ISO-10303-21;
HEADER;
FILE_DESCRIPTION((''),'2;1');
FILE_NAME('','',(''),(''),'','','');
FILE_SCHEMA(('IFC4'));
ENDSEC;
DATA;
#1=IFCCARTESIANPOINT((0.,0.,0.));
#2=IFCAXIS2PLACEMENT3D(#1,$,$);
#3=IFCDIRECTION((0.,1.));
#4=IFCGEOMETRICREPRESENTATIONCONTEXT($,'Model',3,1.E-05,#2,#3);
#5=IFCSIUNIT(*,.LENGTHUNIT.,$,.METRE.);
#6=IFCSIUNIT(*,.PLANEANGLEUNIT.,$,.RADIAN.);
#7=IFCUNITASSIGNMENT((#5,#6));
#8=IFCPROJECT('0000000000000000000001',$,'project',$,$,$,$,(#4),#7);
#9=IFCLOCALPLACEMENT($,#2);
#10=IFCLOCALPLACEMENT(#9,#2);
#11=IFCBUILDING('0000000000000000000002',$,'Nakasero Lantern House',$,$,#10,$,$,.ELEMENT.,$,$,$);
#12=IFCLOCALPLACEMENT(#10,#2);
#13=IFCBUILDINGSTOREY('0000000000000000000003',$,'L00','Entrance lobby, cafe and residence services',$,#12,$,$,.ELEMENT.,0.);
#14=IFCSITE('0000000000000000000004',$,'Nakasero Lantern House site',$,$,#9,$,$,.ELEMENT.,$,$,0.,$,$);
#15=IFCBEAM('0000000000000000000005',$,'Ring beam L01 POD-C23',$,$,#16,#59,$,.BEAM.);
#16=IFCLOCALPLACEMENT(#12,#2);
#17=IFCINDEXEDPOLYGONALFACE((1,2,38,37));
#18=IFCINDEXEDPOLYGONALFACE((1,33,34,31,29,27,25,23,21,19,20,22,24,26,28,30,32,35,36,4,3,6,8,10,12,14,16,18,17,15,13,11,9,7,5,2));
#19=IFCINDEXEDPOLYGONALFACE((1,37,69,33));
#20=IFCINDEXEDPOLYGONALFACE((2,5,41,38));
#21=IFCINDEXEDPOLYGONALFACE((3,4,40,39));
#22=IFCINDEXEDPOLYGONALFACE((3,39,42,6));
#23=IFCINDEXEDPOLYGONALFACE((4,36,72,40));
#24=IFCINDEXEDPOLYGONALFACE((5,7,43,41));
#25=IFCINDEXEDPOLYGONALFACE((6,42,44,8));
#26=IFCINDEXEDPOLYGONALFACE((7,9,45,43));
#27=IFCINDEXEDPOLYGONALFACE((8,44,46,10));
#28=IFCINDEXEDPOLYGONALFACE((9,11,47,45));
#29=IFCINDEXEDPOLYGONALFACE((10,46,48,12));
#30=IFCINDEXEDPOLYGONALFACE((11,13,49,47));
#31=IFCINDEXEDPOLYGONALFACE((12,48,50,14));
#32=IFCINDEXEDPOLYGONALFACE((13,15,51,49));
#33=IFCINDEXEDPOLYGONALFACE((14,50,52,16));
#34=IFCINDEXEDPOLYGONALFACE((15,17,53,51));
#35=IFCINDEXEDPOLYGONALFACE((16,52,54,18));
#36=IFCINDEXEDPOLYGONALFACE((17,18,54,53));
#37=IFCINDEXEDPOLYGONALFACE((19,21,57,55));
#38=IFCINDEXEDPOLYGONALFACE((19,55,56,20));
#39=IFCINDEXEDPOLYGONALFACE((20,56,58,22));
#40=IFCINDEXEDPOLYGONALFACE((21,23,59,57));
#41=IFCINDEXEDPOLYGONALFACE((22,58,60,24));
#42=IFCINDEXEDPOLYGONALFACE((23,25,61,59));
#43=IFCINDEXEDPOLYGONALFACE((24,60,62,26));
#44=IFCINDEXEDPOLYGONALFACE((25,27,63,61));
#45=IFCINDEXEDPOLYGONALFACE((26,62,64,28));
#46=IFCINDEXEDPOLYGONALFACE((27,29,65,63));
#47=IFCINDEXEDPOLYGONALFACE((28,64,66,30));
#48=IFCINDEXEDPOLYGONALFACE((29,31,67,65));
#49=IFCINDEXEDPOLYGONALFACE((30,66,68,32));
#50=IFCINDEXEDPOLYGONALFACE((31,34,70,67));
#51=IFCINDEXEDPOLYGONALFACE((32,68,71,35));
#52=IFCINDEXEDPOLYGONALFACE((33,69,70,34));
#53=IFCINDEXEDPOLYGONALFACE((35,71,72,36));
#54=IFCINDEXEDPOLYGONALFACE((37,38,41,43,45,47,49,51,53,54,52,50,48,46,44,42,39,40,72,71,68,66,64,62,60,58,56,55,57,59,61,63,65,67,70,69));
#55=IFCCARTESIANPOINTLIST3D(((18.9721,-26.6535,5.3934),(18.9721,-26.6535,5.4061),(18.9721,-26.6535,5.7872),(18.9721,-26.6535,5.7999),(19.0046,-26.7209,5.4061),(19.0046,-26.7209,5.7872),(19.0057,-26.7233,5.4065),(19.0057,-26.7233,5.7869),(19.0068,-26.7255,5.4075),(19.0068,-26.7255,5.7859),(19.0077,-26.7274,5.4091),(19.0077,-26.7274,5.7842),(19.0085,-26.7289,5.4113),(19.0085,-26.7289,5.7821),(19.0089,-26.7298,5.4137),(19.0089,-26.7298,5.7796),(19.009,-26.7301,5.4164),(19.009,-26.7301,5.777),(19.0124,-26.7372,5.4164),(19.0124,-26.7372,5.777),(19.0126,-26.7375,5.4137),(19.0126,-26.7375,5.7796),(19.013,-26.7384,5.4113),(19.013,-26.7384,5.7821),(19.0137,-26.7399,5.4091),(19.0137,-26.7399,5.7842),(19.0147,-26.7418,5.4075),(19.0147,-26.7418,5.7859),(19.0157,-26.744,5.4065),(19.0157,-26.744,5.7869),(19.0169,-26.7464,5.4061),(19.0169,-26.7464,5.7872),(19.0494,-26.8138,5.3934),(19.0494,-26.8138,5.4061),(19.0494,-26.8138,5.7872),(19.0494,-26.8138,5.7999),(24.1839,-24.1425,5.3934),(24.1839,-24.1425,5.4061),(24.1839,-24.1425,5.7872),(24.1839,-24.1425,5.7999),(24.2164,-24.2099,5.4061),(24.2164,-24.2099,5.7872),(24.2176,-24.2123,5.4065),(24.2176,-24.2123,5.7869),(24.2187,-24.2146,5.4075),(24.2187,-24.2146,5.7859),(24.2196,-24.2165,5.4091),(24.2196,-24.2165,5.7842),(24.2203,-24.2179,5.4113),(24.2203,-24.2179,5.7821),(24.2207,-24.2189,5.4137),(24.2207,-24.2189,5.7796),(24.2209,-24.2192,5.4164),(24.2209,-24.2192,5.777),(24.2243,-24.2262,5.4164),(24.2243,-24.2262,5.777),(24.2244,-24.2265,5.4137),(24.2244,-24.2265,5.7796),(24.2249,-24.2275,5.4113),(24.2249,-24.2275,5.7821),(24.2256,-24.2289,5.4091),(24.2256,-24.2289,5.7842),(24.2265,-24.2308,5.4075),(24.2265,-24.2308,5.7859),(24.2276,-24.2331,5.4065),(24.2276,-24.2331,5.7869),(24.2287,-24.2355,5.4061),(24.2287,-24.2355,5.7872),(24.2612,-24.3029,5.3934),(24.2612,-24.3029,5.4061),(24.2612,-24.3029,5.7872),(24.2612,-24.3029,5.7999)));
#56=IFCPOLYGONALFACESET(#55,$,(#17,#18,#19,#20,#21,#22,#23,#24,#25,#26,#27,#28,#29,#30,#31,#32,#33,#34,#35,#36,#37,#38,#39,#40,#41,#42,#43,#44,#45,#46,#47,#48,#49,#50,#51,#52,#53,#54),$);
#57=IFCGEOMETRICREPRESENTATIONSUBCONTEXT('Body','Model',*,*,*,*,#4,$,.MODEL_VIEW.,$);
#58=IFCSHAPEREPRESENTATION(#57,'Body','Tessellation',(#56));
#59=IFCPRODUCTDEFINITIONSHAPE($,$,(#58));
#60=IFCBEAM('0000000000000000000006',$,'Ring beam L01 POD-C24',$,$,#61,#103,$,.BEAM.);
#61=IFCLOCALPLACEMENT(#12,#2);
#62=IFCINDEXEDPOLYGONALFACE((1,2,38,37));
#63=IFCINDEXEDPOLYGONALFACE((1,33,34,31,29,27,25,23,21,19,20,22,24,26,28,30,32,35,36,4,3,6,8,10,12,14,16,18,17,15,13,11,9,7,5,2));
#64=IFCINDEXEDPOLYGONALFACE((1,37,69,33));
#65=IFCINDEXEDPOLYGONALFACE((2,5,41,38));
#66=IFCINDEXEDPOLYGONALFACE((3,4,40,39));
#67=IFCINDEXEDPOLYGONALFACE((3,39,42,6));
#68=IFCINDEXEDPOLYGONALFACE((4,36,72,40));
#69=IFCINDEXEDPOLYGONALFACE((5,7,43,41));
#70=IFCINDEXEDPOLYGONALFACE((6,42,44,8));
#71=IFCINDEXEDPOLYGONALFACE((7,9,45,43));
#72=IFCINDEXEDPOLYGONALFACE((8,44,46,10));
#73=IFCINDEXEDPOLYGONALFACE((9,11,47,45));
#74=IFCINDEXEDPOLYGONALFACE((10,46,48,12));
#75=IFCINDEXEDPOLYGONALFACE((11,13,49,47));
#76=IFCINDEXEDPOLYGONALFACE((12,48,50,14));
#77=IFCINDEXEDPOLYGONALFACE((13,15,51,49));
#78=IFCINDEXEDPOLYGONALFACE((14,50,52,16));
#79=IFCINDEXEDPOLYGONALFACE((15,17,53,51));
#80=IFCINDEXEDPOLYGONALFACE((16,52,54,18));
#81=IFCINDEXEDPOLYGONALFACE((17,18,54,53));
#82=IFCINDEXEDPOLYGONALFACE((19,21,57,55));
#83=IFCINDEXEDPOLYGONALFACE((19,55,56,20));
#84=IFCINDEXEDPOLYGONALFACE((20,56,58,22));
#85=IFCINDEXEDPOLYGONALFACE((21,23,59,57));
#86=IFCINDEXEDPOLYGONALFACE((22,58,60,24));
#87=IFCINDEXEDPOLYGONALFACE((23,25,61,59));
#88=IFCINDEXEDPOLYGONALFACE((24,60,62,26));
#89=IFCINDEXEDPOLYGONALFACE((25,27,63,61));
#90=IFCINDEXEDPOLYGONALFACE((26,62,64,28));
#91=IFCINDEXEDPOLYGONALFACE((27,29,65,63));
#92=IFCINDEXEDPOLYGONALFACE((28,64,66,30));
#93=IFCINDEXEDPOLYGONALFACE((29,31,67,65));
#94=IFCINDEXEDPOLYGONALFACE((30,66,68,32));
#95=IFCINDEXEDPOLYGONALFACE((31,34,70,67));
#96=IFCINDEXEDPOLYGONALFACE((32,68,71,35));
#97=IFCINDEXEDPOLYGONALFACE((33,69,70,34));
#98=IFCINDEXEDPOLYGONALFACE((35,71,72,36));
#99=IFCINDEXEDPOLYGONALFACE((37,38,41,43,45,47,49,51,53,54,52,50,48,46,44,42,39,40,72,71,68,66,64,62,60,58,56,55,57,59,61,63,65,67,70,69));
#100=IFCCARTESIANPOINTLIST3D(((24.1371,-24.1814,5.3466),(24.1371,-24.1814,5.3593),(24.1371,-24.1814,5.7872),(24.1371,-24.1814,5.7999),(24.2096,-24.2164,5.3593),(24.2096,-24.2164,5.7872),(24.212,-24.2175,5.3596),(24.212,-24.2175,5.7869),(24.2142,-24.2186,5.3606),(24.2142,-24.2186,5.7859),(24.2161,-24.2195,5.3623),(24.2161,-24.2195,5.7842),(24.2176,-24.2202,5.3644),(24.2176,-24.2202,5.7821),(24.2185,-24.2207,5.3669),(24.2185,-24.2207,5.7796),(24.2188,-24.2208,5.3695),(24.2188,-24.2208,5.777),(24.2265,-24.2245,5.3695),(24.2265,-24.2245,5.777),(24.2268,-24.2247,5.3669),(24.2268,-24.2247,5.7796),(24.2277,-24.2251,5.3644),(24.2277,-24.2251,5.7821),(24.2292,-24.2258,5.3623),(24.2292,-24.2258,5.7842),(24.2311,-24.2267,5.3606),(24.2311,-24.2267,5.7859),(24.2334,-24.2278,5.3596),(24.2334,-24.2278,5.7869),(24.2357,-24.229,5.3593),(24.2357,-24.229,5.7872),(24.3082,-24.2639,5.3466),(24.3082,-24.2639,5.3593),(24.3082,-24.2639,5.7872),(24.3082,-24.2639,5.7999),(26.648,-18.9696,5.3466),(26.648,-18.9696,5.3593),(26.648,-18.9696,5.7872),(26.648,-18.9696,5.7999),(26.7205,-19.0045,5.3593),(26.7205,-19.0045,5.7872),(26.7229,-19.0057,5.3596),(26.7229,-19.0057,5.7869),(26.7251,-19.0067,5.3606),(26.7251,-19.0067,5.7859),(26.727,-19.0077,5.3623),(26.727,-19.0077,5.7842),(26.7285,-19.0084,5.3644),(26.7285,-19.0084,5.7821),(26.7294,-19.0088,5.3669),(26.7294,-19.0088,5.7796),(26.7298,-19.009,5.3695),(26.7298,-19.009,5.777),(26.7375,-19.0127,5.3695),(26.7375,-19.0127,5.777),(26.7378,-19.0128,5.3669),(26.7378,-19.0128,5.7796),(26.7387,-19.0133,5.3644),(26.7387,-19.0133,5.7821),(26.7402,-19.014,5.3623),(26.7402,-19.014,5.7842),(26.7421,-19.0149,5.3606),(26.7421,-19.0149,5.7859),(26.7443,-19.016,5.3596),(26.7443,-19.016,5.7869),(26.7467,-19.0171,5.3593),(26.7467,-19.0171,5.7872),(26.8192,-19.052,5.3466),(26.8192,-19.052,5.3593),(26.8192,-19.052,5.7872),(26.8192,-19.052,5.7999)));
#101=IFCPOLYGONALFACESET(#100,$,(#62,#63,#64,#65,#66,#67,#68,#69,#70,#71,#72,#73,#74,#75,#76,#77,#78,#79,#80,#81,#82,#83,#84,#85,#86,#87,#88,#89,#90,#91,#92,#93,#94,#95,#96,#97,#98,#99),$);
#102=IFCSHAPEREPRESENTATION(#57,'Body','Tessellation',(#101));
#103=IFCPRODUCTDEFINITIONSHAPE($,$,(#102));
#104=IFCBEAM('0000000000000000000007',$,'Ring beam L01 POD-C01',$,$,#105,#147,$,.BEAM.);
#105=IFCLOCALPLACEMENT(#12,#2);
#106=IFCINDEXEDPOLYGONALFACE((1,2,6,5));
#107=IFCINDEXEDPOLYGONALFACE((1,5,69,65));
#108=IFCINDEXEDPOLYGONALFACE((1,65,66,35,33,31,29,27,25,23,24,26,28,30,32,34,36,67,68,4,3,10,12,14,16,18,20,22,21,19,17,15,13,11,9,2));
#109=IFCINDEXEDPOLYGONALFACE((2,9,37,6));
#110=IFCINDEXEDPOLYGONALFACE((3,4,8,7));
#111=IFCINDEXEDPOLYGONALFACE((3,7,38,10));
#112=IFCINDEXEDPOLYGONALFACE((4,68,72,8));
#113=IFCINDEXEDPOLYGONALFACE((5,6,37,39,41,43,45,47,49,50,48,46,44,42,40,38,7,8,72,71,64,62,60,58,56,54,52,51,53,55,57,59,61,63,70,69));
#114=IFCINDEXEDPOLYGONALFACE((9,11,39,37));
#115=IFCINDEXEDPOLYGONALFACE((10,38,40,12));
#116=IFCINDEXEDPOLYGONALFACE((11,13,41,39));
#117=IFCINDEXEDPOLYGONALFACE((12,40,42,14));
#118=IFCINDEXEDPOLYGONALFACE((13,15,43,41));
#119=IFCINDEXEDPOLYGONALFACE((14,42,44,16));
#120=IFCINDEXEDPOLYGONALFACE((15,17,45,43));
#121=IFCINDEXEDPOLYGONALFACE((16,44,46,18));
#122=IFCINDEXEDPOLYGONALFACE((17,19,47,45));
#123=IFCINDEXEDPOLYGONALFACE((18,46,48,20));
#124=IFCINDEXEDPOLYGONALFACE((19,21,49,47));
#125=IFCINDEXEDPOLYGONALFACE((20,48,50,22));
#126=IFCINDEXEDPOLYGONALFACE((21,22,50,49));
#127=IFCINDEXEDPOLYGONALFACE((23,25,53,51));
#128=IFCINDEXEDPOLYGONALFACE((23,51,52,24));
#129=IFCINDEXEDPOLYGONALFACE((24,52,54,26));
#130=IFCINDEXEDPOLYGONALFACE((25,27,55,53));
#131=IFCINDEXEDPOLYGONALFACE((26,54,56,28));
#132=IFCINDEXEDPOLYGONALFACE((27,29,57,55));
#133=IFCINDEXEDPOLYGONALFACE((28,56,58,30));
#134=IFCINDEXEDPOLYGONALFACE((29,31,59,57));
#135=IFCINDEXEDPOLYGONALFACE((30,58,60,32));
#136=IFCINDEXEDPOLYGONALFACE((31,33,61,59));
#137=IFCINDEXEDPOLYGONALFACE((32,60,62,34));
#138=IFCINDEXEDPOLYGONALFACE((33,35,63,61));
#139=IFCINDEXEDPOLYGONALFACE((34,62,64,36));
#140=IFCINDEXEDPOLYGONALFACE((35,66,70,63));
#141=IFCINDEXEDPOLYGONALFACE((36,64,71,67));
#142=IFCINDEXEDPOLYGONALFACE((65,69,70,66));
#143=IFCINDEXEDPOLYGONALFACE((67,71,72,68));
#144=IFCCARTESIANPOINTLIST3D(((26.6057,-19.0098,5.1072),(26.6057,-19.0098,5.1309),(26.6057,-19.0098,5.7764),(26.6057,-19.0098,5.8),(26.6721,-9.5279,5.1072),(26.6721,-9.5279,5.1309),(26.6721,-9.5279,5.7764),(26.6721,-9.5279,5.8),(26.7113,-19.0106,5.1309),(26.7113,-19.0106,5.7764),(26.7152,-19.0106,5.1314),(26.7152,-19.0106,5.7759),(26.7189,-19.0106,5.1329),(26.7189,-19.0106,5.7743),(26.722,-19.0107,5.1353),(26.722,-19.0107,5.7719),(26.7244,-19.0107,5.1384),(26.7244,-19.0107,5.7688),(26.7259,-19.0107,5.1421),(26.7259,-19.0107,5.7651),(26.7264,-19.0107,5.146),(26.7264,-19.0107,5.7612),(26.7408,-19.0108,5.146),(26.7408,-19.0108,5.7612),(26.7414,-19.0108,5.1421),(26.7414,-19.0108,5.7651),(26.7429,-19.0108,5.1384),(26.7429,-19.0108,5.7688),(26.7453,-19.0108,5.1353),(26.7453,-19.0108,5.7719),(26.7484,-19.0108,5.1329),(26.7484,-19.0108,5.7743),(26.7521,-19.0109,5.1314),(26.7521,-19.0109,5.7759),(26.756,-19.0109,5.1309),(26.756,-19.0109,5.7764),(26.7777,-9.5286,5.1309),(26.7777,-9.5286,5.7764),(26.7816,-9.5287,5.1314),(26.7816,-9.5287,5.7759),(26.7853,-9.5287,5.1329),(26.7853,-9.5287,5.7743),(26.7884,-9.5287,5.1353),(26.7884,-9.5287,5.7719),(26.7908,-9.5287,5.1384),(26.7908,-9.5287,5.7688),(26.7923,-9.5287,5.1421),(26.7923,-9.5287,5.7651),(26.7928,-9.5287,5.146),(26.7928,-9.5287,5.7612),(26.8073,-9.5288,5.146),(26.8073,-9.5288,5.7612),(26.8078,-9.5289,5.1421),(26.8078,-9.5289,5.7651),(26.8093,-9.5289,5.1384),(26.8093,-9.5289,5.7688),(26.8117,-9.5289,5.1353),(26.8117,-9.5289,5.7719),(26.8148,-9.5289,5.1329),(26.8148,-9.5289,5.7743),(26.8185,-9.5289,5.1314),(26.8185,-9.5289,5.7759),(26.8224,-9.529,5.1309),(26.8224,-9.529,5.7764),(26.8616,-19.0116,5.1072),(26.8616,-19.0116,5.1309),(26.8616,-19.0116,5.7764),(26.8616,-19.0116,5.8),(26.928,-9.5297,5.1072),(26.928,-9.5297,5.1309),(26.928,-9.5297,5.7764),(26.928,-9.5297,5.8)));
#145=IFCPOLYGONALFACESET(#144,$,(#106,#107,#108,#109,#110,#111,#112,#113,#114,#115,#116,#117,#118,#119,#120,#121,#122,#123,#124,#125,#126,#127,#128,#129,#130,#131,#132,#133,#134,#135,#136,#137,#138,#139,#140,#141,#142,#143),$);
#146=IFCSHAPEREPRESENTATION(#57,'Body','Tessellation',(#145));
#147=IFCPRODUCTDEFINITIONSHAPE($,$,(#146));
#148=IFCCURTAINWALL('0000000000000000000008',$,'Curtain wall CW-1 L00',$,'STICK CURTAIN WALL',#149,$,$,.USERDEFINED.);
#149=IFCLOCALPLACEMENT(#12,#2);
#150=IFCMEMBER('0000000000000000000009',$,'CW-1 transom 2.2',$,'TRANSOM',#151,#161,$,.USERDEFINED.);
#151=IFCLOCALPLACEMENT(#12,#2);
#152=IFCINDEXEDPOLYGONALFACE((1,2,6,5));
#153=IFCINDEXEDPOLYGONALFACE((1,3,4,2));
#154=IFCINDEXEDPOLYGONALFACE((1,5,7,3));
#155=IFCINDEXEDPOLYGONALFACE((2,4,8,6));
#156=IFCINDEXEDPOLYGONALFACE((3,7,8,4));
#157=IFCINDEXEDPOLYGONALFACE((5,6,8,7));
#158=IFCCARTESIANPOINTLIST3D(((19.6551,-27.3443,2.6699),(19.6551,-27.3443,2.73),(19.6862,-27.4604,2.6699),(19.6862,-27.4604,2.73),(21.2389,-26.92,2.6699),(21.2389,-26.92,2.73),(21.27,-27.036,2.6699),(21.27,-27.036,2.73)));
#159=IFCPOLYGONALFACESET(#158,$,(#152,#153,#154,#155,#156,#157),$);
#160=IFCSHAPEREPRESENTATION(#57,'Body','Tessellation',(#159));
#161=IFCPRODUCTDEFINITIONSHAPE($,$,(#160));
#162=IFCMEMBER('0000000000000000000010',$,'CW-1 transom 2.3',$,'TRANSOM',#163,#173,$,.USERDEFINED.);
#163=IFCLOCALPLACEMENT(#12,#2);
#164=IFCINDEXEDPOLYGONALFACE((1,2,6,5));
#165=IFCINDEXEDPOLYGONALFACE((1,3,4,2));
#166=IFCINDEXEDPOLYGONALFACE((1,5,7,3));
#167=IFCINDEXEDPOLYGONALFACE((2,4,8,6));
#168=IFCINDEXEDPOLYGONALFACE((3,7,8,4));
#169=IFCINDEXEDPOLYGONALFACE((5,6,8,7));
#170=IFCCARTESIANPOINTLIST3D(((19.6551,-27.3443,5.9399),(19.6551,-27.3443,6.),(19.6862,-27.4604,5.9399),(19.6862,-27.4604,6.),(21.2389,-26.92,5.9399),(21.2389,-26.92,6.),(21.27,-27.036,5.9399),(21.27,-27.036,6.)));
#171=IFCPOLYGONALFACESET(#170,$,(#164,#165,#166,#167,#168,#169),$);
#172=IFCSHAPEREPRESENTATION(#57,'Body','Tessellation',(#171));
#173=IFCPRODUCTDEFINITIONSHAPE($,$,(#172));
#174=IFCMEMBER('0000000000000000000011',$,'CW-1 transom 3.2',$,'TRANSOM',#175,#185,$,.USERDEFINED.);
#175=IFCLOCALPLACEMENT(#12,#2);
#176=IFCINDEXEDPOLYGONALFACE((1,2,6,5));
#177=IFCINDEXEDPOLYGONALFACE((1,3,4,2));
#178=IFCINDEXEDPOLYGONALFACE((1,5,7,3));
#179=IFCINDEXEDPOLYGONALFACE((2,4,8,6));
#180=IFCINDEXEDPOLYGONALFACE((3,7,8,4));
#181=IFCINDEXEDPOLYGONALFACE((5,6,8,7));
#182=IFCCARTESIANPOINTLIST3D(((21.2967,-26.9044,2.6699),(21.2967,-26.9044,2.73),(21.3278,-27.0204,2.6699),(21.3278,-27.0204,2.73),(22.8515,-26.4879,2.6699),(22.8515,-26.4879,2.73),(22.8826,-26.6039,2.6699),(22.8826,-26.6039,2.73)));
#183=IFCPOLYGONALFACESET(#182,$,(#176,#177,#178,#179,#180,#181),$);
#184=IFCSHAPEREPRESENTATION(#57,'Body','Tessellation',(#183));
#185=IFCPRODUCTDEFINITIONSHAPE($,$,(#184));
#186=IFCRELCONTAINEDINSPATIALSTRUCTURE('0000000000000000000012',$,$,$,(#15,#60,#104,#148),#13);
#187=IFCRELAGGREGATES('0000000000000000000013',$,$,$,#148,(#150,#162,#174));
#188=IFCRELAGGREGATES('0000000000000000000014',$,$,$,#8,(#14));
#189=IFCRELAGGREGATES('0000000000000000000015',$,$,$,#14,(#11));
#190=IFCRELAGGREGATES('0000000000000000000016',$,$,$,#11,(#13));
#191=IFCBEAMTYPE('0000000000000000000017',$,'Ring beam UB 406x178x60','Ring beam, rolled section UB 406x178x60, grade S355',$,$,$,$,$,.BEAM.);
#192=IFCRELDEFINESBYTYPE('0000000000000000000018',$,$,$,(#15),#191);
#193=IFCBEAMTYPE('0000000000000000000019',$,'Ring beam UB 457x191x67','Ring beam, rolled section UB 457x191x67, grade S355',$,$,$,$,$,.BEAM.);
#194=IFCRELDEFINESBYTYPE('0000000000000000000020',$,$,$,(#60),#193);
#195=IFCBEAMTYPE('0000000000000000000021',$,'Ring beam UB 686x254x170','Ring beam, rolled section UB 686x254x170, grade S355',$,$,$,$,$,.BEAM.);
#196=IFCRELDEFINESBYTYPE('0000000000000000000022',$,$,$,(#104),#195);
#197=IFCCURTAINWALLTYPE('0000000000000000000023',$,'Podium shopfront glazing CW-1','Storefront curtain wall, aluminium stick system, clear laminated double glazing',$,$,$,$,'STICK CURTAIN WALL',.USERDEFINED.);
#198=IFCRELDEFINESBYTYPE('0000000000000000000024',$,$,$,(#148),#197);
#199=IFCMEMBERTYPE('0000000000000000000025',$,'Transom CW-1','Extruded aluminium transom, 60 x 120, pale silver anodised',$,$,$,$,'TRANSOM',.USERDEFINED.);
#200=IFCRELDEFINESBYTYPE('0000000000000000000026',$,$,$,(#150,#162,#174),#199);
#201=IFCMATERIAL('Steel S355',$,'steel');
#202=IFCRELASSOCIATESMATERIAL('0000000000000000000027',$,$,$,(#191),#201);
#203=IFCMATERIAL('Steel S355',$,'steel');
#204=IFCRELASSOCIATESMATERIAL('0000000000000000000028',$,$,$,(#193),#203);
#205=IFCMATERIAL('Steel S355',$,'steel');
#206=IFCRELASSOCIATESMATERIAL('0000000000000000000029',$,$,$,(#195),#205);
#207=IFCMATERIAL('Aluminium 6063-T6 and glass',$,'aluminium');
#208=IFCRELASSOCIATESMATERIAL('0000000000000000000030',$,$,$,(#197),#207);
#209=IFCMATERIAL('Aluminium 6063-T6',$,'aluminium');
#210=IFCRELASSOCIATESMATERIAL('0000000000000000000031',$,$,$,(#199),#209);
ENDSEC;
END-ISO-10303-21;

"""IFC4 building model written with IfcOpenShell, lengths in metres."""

from ifc_helpers import new_model, si_unit, direction, frame, origin, origin_2d, place, context, subcontext, project, spatial, rectangle, i_section, extrude, material, material_profile, profile_set, type_object, element, aggregate, save


model = new_model("IFC4")

# Units and contexts
model_context = context("Model", 3, precision=1e-05, world=origin(), true_north=direction((0.0, 1.0)))
body_context = subcontext(model_context, "Body", "Model", "MODEL_VIEW")
ifc_project = project(units=[si_unit("LENGTHUNIT", "METRE"), si_unit("PLANEANGLEUNIT", "RADIAN")], contexts=[model_context])

# Site, building, storey
site_placement = place(None, origin())
site = spatial("IfcSite", under=ifc_project, at=site_placement, Name="Nakasero Lantern House site", CompositionType="ELEMENT", RefElevation=0.0)
building_placement = place(site_placement, origin())
building = spatial("IfcBuilding", under=site, at=building_placement, Name="Nakasero Lantern House", CompositionType="ELEMENT")
storey_placement = place(building_placement, origin())
storey = spatial("IfcBuildingStorey", under=building, at=storey_placement, Name="L00", Description="Entrance lobby, cafe and residence services", CompositionType="ELEMENT", Elevation=0.0)

# Beams
ifc_material_1 = material(Name="Steel S355", Category="steel")
ifc_material_profile_1 = material_profile(ifc_material_1, i_section(OverallWidth=0.178, OverallDepth=0.4065, WebThickness=0.0078, FlangeThickness=0.0127, FilletRadius=0.0103, at=origin_2d()), Name="UB 406x178x60")
ifc_profile_set_1 = profile_set([ifc_material_profile_1], Name="Steel S355")
beam_type_1 = type_object("IfcBeamType", Name="Ring beam UB 406x178x60", Description="Ring beam, rolled section UB 406x178x60, grade S355", PredefinedType="BEAM", material=ifc_profile_set_1)
beam_1_placement = place(storey_placement, frame((19.0107, -26.7336, 5.5967), z_axis=(0.900897, 0.434033, 0.0), x_axis=(-0.434033, 0.900897, 0.0)))
element("IfcBeam", 1, at=beam_1_placement, inside=storey, type_object=beam_type_1, Name="Ring beam L01 POD-C23", PredefinedType="BEAM", context=body_context, shape_type="SweptSolid", body=[
    extrude(i_section(OverallWidth=0.178, OverallDepth=0.4065, WebThickness=0.0078, FlangeThickness=0.0127, FilletRadius=0.0103, at=origin_2d()), origin(), (0.0, 0.0, 1.0), 5.7852),
])
ifc_material_2 = material(Name="Steel S355", Category="steel")
ifc_material_profile_2 = material_profile(ifc_material_2, i_section(OverallWidth=0.1899, OverallDepth=0.4534, WebThickness=0.0085, FlangeThickness=0.0127, FilletRadius=0.0103, at=origin_2d()), Name="UB 457x191x67")
ifc_profile_set_2 = profile_set([ifc_material_profile_2], Name="Steel S355")
beam_type_2 = type_object("IfcBeamType", Name="Ring beam UB 457x191x67", Description="Ring beam, rolled section UB 457x191x67, grade S355", PredefinedType="BEAM", material=ifc_profile_set_2)
beam_2_placement = place(storey_placement, frame((24.2227, -24.2227, 5.5732), z_axis=(0.434033, 0.900897, 0.0), x_axis=(-0.900897, 0.434033, 0.0)))
element("IfcBeam", 2, at=beam_2_placement, inside=storey, type_object=beam_type_2, Name="Ring beam L01 POD-C24", PredefinedType="BEAM", context=body_context, shape_type="SweptSolid", body=[
    extrude(i_section(OverallWidth=0.1899, OverallDepth=0.4534, WebThickness=0.0085, FlangeThickness=0.0127, FilletRadius=0.0103, at=origin_2d()), origin(), (0.0, 0.0, 1.0), 5.7852),
])
ifc_material_3 = material(Name="Steel S355", Category="steel")
ifc_material_profile_3 = material_profile(ifc_material_3, i_section(OverallWidth=0.2559, OverallDepth=0.6929, WebThickness=0.0144, FlangeThickness=0.0237, FilletRadius=0.0151, at=origin_2d()), Name="UB 686x254x170")
ifc_profile_set_3 = profile_set([ifc_material_profile_3], Name="Steel S355")
beam_type_3 = type_object("IfcBeamType", Name="Ring beam UB 686x254x170", Description="Ring beam, rolled section UB 686x254x170, grade S355", PredefinedType="BEAM", material=ifc_profile_set_3)
beam_3_placement = place(storey_placement, frame((26.7336, -19.0107, 5.4536), z_axis=(0.007003, 0.999975, 0.0), x_axis=(-0.999975, 0.007003, 0.0)))
element("IfcBeam", 3, at=beam_3_placement, inside=storey, type_object=beam_type_3, Name="Ring beam L01 POD-C01", PredefinedType="BEAM", context=body_context, shape_type="SweptSolid", body=[
    extrude(i_section(OverallWidth=0.2559, OverallDepth=0.6929, WebThickness=0.0144, FlangeThickness=0.0237, FilletRadius=0.0151, at=origin_2d()), origin(), (0.0, 0.0, 1.0), 9.4822),
])

# Curtain wall, members
ifc_material_4 = material(Name="Aluminium 6063-T6 and glass", Category="aluminium")
curtain_wall_type = type_object("IfcCurtainWallType", Name="Podium shopfront glazing CW-1", Description="Storefront curtain wall, aluminium stick system, clear laminated double glazing", ElementType="STICK CURTAIN WALL", PredefinedType="USERDEFINED", material=ifc_material_4)
curtain_wall_1_placement = place(storey_placement, origin())
curtain_wall_1 = element("IfcCurtainWall", 4, at=curtain_wall_1_placement, inside=storey, type_object=curtain_wall_type, Name="Curtain wall CW-1 L00", ObjectType="STICK CURTAIN WALL", PredefinedType="USERDEFINED")
ifc_material_5 = material(Name="Aluminium 6063-T6", Category="aluminium")
ifc_material_profile_4 = material_profile(ifc_material_5, rectangle(XDim=0.0601, YDim=0.1201, at=origin_2d()), Name="CW-1 transom 60x120")
ifc_profile_set_4 = profile_set([ifc_material_profile_4], Name="Aluminium 6063-T6")
member_type = type_object("IfcMemberType", Name="Transom CW-1", Description="Extruded aluminium transom, 60 x 120, pale silver anodised", ElementType="TRANSOM", PredefinedType="USERDEFINED", material=ifc_profile_set_4)
member_1_placement = place(storey_placement, frame((19.6707, -27.4023, 2.7), z_axis=(0.965933, 0.258793, 0.0), x_axis=(0.0, 0.0, 1.0)))
member_1 = element("IfcMember", 5, at=member_1_placement, type_object=member_type, Name="CW-1 transom 2.2", ObjectType="TRANSOM", PredefinedType="USERDEFINED", context=body_context, shape_type="SweptSolid", body=[
    extrude(rectangle(XDim=0.0601, YDim=0.1201, at=origin_2d()), origin(), (0.0, 0.0, 1.0), 1.6396),
])
member_2_placement = place(storey_placement, frame((19.6707, -27.4023, 5.97), z_axis=(0.965933, 0.258793, 0.0), x_axis=(0.0, 0.0, 1.0)))
member_2 = element("IfcMember", 6, at=member_2_placement, type_object=member_type, Name="CW-1 transom 2.3", ObjectType="TRANSOM", PredefinedType="USERDEFINED", context=body_context, shape_type="SweptSolid", body=[
    extrude(rectangle(XDim=0.0601, YDim=0.1201, at=origin_2d()), origin(), (0.0, 0.0, 1.0), 1.6396),
])
member_3_placement = place(storey_placement, frame((21.3123, -26.9624, 2.7), z_axis=(0.965937, 0.258777, 0.0), x_axis=(0.0, 0.0, 1.0)))
member_3 = element("IfcMember", 7, at=member_3_placement, type_object=member_type, Name="CW-1 transom 3.2", ObjectType="TRANSOM", PredefinedType="USERDEFINED", context=body_context, shape_type="SweptSolid", body=[
    extrude(rectangle(XDim=0.0601, YDim=0.1201, at=origin_2d()), origin(), (0.0, 0.0, 1.0), 1.6096),
])

aggregate(curtain_wall_1, [member_1, member_2, member_3])

save(model, "model.ifc")
